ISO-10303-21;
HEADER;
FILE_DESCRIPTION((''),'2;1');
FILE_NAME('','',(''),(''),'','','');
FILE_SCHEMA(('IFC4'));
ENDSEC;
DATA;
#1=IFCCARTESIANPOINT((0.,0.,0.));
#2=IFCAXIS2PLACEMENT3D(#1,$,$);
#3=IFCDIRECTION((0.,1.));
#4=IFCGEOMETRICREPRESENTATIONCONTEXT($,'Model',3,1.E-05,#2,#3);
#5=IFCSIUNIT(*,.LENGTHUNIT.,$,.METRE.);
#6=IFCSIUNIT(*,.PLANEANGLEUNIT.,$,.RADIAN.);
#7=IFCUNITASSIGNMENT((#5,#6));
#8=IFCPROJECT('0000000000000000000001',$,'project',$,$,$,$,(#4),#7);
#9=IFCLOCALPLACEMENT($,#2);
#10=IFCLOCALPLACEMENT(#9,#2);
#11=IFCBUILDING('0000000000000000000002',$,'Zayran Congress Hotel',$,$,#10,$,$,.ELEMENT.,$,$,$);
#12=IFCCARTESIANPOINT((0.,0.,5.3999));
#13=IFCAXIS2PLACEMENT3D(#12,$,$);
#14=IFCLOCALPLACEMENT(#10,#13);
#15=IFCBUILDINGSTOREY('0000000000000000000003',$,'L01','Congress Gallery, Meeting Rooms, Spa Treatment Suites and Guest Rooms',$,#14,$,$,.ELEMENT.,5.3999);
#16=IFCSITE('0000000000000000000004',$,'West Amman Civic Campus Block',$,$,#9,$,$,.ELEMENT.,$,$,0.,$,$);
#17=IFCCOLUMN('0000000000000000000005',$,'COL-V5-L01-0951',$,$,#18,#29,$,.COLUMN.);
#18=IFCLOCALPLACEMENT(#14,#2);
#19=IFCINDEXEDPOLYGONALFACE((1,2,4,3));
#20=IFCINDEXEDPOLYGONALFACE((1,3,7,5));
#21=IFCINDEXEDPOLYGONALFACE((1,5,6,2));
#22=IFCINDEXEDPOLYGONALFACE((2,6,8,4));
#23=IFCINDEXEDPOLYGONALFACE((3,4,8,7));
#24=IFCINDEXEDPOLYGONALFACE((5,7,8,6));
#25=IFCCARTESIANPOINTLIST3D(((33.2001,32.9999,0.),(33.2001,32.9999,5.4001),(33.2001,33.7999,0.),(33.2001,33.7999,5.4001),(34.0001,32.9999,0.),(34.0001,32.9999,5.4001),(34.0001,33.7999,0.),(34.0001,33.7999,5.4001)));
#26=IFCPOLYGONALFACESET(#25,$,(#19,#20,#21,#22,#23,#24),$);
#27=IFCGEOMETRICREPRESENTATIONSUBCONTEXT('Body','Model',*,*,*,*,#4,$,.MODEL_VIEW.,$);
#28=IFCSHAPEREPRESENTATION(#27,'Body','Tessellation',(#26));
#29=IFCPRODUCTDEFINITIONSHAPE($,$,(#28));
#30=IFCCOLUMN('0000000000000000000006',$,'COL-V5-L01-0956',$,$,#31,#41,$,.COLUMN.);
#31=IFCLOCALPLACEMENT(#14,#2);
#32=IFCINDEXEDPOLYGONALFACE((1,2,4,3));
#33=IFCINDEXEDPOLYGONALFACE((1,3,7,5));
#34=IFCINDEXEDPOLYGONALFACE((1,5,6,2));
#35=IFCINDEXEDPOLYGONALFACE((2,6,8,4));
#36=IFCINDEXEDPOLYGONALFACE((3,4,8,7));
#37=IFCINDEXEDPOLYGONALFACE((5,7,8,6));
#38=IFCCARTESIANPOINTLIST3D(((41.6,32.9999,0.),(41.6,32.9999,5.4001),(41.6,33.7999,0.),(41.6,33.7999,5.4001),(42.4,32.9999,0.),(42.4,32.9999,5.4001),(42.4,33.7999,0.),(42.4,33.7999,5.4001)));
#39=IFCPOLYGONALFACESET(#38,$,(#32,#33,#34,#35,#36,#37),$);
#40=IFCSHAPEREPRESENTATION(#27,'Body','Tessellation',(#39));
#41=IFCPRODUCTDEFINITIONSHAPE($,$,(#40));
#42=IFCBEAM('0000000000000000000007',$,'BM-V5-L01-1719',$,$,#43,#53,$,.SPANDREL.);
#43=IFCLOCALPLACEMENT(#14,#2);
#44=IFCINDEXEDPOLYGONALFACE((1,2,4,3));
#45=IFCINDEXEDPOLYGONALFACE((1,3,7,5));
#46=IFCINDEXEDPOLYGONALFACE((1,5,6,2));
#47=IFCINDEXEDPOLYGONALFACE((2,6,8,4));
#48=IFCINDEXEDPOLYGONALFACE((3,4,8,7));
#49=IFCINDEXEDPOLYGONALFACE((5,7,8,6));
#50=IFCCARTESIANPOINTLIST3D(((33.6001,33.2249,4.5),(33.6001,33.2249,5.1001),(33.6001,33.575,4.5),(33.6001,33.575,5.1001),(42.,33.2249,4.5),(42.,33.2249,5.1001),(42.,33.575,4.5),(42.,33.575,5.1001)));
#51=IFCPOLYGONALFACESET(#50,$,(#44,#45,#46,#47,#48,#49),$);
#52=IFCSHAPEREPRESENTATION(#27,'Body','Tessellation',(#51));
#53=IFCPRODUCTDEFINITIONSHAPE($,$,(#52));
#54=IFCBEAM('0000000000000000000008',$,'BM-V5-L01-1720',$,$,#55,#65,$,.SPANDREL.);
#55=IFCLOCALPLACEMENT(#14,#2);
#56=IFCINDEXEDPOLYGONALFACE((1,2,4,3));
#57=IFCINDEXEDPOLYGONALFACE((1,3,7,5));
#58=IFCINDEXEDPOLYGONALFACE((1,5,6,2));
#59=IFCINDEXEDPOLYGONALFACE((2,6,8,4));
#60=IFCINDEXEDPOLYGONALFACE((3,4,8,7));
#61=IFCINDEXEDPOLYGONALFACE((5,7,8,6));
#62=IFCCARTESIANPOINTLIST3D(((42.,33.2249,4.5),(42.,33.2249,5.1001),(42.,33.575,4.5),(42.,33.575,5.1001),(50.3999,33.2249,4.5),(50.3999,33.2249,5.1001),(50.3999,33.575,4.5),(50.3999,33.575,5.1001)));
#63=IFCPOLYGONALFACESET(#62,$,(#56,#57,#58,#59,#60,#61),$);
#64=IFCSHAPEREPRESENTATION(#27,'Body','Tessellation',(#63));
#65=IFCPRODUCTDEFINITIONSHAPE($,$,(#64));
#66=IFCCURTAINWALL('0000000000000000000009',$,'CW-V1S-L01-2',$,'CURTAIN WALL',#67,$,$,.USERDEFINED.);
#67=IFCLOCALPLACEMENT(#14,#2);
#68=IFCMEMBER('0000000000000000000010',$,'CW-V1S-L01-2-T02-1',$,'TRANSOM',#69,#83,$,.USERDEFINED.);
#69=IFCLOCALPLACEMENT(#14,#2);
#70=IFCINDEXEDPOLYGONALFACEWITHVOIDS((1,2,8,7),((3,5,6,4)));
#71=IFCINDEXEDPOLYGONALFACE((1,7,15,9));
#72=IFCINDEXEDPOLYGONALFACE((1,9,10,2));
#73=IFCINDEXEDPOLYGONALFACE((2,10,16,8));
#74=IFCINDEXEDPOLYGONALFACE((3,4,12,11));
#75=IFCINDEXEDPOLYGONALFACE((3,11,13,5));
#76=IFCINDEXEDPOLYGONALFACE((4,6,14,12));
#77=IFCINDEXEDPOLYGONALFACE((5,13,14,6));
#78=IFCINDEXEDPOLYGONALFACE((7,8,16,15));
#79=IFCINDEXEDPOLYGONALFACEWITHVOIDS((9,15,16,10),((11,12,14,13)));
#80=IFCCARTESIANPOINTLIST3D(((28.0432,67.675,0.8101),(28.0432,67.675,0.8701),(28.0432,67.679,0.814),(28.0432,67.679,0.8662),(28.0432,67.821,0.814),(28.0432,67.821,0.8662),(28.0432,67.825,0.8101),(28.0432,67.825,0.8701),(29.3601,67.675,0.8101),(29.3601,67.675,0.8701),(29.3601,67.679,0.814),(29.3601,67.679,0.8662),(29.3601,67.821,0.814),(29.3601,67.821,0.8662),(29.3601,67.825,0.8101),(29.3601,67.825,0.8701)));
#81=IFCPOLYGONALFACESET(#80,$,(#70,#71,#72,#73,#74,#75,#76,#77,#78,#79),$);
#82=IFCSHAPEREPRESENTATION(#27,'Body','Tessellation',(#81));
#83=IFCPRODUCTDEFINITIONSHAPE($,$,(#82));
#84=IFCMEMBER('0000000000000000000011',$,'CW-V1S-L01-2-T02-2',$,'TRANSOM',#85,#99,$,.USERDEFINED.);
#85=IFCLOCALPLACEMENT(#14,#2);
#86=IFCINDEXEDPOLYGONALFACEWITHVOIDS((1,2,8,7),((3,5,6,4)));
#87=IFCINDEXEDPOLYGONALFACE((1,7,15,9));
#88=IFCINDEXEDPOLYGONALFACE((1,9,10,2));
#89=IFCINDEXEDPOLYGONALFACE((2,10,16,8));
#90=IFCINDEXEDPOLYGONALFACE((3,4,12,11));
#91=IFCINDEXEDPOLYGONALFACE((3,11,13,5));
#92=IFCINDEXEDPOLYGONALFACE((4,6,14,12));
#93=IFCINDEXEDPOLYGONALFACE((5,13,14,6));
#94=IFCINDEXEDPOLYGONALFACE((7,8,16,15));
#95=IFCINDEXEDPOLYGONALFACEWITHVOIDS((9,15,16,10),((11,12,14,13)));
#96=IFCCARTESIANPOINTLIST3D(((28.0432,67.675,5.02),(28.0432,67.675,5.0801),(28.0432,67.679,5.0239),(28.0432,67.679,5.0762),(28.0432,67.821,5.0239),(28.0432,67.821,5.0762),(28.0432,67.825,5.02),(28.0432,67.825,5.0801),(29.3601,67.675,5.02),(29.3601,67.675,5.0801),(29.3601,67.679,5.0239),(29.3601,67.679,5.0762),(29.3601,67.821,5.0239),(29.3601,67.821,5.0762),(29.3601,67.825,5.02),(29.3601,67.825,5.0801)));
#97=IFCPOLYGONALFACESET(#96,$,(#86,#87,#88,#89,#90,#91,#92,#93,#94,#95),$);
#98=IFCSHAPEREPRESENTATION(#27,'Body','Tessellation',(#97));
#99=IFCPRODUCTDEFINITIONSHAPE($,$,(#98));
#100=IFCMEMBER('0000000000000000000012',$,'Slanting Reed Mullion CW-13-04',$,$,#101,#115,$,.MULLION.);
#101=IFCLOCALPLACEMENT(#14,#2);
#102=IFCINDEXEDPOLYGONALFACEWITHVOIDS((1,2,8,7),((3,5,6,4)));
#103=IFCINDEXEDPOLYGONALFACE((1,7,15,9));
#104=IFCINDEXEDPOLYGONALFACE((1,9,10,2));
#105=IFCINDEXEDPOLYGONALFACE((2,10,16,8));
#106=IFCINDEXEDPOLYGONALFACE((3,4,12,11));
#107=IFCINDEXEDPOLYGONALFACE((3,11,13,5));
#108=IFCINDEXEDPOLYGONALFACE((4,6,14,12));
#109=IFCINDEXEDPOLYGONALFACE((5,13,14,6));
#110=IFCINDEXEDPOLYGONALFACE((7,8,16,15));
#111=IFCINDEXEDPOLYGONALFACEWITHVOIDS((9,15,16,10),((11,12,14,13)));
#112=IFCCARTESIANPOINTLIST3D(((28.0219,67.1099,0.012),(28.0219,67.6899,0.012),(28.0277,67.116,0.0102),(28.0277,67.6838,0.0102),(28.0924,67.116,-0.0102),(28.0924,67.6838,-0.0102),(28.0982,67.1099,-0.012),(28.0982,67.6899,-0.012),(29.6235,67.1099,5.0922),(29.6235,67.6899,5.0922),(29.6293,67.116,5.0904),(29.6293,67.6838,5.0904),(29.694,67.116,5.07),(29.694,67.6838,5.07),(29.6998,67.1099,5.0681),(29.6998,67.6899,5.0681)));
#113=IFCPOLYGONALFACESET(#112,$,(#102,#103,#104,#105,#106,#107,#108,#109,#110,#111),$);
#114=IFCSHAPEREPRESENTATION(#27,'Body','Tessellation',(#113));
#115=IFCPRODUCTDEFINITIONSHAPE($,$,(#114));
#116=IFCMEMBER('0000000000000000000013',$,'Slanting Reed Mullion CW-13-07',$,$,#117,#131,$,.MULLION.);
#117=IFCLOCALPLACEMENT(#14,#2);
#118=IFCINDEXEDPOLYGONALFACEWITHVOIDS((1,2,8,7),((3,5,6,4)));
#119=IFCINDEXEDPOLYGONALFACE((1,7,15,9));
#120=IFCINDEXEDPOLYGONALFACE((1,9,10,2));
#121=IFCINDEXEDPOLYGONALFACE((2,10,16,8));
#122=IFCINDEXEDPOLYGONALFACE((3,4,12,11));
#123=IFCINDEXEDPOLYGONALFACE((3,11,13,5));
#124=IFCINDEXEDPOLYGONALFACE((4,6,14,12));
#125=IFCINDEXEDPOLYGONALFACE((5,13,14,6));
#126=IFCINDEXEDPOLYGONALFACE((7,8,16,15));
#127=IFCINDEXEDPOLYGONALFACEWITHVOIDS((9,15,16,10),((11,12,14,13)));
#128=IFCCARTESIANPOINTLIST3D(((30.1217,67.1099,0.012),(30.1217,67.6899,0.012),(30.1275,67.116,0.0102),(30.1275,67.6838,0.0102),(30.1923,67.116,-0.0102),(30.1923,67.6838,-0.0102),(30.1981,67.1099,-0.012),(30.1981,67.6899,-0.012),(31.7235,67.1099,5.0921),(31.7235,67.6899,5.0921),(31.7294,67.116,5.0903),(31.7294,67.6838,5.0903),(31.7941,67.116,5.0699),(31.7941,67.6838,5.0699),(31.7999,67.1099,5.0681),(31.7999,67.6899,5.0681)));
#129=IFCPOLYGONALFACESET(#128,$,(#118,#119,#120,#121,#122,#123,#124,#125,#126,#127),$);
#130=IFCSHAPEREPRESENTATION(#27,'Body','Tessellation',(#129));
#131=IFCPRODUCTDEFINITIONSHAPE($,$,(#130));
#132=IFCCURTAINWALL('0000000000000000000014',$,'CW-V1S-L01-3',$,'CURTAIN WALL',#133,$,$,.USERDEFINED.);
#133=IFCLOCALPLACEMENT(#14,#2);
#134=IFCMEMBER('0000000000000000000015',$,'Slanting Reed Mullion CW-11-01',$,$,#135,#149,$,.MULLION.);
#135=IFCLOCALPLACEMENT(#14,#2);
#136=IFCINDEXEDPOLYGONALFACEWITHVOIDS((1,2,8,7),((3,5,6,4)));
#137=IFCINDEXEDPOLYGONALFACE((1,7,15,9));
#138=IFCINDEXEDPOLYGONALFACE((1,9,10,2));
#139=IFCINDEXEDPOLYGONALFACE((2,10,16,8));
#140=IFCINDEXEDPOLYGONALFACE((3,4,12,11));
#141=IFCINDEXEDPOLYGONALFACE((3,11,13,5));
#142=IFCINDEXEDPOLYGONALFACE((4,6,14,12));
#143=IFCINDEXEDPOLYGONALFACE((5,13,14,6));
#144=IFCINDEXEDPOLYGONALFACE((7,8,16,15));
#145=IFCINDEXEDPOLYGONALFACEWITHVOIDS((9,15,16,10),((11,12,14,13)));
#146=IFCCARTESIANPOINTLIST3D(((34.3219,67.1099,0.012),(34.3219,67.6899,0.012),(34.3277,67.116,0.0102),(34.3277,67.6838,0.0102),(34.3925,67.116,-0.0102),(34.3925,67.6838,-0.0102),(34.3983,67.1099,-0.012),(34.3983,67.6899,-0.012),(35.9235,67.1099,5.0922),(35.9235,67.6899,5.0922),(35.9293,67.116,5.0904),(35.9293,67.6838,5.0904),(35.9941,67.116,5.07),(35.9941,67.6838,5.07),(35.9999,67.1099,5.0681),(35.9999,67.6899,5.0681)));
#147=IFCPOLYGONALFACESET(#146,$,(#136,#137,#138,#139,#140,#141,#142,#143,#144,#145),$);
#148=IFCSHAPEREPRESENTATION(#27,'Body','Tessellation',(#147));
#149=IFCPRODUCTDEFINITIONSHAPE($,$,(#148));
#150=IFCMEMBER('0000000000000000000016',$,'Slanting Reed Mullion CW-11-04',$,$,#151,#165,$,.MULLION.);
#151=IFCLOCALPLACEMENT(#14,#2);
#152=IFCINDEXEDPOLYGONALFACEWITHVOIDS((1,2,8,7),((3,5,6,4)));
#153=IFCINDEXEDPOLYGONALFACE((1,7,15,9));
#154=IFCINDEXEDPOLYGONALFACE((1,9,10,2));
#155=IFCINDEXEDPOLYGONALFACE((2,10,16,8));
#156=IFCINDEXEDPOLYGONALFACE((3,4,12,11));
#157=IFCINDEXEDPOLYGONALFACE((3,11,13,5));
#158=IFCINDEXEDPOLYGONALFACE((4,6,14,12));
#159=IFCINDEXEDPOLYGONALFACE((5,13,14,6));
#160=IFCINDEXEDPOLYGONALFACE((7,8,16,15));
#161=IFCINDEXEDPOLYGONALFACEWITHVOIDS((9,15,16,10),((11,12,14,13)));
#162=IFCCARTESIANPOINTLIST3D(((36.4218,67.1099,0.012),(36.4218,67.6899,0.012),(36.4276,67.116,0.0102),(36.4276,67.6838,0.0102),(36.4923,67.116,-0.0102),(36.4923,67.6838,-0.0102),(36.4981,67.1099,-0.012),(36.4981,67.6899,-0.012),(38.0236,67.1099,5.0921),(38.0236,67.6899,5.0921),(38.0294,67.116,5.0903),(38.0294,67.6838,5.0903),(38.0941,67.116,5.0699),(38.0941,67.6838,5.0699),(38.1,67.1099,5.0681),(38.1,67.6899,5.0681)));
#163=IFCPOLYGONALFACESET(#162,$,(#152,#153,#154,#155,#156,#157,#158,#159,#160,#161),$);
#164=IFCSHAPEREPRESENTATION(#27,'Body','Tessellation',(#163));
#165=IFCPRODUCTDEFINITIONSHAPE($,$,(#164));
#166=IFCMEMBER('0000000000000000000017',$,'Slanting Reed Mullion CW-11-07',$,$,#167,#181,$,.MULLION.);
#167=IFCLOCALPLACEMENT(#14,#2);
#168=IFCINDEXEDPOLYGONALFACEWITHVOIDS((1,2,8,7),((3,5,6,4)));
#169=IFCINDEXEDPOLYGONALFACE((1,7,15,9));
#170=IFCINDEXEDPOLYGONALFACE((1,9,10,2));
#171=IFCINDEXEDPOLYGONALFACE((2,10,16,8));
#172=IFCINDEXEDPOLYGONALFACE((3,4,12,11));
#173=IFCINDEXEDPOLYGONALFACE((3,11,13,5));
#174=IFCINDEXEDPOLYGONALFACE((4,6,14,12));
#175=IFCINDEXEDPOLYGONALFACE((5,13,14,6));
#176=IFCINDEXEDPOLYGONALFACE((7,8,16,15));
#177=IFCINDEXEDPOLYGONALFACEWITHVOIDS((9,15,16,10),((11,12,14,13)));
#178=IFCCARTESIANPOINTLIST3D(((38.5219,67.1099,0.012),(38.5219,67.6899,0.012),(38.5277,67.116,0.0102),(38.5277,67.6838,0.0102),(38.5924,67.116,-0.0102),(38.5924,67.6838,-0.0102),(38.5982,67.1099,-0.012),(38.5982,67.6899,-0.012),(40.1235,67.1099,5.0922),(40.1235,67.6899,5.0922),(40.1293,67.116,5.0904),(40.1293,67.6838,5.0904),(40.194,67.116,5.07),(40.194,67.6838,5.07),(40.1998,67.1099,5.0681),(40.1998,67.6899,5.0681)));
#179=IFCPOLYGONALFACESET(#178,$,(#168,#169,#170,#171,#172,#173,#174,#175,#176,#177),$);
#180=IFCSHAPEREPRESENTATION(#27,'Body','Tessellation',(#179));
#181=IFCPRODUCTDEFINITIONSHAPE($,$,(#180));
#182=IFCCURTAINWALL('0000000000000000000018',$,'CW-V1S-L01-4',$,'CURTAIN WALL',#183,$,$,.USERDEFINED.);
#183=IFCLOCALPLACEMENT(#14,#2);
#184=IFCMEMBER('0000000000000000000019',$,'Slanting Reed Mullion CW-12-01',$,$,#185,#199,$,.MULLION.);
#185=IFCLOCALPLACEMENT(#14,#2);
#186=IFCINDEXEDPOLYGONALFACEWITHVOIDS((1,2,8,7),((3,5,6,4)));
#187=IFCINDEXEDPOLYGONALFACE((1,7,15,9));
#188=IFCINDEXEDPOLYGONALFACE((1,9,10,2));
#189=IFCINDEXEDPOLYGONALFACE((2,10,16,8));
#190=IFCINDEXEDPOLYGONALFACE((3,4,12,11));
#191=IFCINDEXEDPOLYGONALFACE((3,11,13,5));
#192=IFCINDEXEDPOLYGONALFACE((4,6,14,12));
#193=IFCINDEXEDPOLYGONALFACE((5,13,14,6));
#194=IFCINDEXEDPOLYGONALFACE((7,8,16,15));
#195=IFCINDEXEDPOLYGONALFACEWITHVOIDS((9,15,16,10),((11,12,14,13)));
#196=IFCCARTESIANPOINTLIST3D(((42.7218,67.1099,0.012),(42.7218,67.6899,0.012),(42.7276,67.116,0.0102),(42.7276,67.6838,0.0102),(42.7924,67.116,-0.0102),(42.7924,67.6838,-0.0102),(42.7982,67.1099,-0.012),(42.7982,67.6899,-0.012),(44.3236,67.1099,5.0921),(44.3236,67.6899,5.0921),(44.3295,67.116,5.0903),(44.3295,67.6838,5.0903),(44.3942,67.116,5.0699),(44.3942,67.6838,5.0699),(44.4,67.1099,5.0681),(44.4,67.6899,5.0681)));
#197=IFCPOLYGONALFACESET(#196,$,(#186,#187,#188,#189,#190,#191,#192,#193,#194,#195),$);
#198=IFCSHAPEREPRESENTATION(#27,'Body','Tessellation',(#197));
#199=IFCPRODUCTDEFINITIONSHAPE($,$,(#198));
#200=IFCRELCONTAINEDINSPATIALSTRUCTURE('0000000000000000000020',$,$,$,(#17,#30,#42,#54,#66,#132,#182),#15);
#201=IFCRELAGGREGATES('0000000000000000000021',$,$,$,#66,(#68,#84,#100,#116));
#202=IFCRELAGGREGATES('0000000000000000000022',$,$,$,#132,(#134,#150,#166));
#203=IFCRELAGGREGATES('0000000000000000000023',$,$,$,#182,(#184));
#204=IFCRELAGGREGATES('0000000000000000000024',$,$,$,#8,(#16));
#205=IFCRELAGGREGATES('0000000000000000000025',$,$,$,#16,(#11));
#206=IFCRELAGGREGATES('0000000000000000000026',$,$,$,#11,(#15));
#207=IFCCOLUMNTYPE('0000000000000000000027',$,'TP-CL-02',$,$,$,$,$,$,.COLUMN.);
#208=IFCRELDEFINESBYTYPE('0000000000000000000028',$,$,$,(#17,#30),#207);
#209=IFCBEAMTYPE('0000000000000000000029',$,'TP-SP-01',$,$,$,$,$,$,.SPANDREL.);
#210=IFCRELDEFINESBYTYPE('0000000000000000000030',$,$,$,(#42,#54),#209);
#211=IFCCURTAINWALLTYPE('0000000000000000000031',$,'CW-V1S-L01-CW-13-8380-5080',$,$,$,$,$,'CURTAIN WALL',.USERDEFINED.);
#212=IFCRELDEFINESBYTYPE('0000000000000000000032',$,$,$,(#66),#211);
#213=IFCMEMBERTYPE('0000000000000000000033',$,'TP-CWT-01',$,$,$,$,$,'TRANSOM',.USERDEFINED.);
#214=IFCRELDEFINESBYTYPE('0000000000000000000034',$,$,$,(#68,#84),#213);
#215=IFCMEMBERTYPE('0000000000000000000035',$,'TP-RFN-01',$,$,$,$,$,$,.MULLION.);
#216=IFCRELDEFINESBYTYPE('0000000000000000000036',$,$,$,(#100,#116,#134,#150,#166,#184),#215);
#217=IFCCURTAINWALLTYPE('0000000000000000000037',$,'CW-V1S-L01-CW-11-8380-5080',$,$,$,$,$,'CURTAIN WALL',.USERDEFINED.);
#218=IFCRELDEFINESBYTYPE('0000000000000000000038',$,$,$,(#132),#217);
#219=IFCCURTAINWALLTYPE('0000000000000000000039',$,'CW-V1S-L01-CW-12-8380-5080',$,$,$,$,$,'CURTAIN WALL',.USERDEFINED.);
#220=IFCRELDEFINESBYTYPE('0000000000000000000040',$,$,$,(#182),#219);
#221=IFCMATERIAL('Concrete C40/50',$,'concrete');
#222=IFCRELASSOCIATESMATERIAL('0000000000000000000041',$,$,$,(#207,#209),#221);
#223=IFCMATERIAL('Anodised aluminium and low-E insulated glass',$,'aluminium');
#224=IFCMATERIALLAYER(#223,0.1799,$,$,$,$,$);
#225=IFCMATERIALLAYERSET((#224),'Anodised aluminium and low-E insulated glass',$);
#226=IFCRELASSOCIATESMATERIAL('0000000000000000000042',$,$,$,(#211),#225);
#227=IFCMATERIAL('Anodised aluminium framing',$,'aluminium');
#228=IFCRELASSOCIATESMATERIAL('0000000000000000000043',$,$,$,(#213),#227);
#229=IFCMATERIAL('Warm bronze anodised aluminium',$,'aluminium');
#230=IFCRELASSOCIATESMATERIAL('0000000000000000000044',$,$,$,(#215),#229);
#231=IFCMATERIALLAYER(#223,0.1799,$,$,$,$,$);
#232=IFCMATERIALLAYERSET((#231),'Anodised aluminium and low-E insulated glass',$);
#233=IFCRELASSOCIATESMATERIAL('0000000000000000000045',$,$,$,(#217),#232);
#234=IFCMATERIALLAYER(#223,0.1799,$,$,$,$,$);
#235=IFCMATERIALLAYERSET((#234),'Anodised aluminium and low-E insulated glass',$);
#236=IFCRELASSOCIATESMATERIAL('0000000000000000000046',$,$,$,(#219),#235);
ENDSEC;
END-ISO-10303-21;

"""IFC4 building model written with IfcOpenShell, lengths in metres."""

from ifc_helpers import new_model, si_unit, direction, frame, origin, origin_2d, place, context, subcontext, project, spatial, rectangle, hollow_rectangle, extrude, material, layer, layer_set, material_profile, profile_set, type_object, element, aggregate, save


model = new_model("IFC4")

# Units and contexts
model_context = context("Model", 3, precision=1e-05, world=origin(), true_north=direction((0.0, 1.0)))
body_context = subcontext(model_context, "Body", "Model", "MODEL_VIEW")
ifc_project = project(units=[si_unit("LENGTHUNIT", "METRE"), si_unit("PLANEANGLEUNIT", "RADIAN")], contexts=[model_context])

# Site, building, storey
site_placement = place(None, origin())
site = spatial("IfcSite", under=ifc_project, at=site_placement, Name="West Amman Civic Campus Block", CompositionType="ELEMENT", RefElevation=0.0)
building_placement = place(site_placement, origin())
building = spatial("IfcBuilding", under=site, at=building_placement, Name="Zayran Congress Hotel", CompositionType="ELEMENT")
storey_placement = place(building_placement, frame((0.0, 0.0, 5.3999)))
storey = spatial("IfcBuildingStorey", under=building, at=storey_placement, Name="L01", Description="Congress Gallery, Meeting Rooms, Spa Treatment Suites and Guest Rooms", CompositionType="ELEMENT", Elevation=5.3999)

# Columns
ifc_material_1 = material(Name="Concrete C40/50", Category="concrete")
ifc_material_profile_1 = material_profile(ifc_material_1, rectangle(XDim=0.8, YDim=0.8, at=origin_2d()), Name="RC 800x800")
ifc_profile_set_1 = profile_set([ifc_material_profile_1], Name="Concrete C40/50")
column_type = type_object("IfcColumnType", Name="TP-CL-02", PredefinedType="COLUMN", material=ifc_profile_set_1)
for number, where, z_axis, x_axis, name in (
    (1, (33.6001, 33.3999, 0.0), (0.0, 0.0, 1.0), (1.0, 0.0, 0.0), "COL-V5-L01-0951"),
    (2, (42.0, 33.3999, 0.0), (0.0, 0.0, 1.0), (1.0, 0.0, 0.0), "COL-V5-L01-0956"),
):
    element("IfcColumn", number, at=place(storey_placement, frame(where, z_axis=z_axis, x_axis=x_axis)), inside=storey, type_object=column_type, Name=name, PredefinedType="COLUMN", context=body_context, shape_type="SweptSolid", body=[
        extrude(rectangle(XDim=0.8, YDim=0.8, at=origin_2d()), origin(), (0.0, 0.0, 1.0), 5.4001),
    ])

# Beams
ifc_material_profile_2 = material_profile(ifc_material_1, rectangle(XDim=0.3501, YDim=0.6001, at=origin_2d()), Name="RC 350x600")
ifc_profile_set_2 = profile_set([ifc_material_profile_2], Name="Concrete C40/50")
beam_type = type_object("IfcBeamType", Name="TP-SP-01", PredefinedType="SPANDREL", material=ifc_profile_set_2)
for number, where, z_axis, x_axis, name in (
    (3, (33.6001, 33.3999, 4.8), (1.0, 0.0, 0.0), (0.0, 1.0, 0.0), "BM-V5-L01-1719"),
    (4, (42.0, 33.3999, 4.8), (1.0, 0.0, 0.0), (0.0, 1.0, 0.0), "BM-V5-L01-1720"),
):
    element("IfcBeam", number, at=place(storey_placement, frame(where, z_axis=z_axis, x_axis=x_axis)), inside=storey, type_object=beam_type, Name=name, PredefinedType="SPANDREL", context=body_context, shape_type="SweptSolid", body=[
        extrude(rectangle(XDim=0.3501, YDim=0.6001, at=origin_2d()), origin(), (0.0, 0.0, 1.0), 8.3999),
    ])

# Curtain walls, members
ifc_material_2 = material(Name="Anodised aluminium and low-E insulated glass", Category="aluminium")
ifc_layer_1 = layer(ifc_material_2, 0.1799)
ifc_layer_set_1 = layer_set([ifc_layer_1], Name="Anodised aluminium and low-E insulated glass")
curtain_wall_type_1 = type_object("IfcCurtainWallType", Name="CW-V1S-L01-CW-13-8380-5080", ElementType="CURTAIN WALL", PredefinedType="USERDEFINED", material=ifc_layer_set_1)
curtain_wall_1_placement = place(storey_placement, origin())
curtain_wall_1 = element("IfcCurtainWall", 5, at=curtain_wall_1_placement, inside=storey, type_object=curtain_wall_type_1, Name="CW-V1S-L01-2", ObjectType="CURTAIN WALL", PredefinedType="USERDEFINED")
ifc_material_3 = material(Name="Anodised aluminium framing", Category="aluminium")
ifc_material_profile_3 = material_profile(ifc_material_3, hollow_rectangle(XDim=0.0601, YDim=0.1499, WallThickness=0.0039, at=origin_2d()), Name="RHS 150x60x4")
ifc_profile_set_3 = profile_set([ifc_material_profile_3], Name="Anodised aluminium framing")
member_type_1 = type_object("IfcMemberType", Name="TP-CWT-01", ElementType="TRANSOM", PredefinedType="USERDEFINED", material=ifc_profile_set_3)
member_1_placement = place(storey_placement, frame((28.0432, 67.75, 0.8401), z_axis=(1.0, 0.0, 0.0), x_axis=(0.0, 0.0, 1.0)))
member_1 = element("IfcMember", 6, at=member_1_placement, type_object=member_type_1, Name="CW-V1S-L01-2-T02-1", ObjectType="TRANSOM", PredefinedType="USERDEFINED", context=body_context, shape_type="SweptSolid", body=[
    extrude(hollow_rectangle(XDim=0.0601, YDim=0.1499, WallThickness=0.0039, at=origin_2d()), origin(), (0.0, 0.0, 1.0), 1.3169),
])
member_2_placement = place(storey_placement, frame((28.0432, 67.75, 5.05), z_axis=(1.0, 0.0, 0.0), x_axis=(0.0, 0.0, 1.0)))
member_2 = element("IfcMember", 7, at=member_2_placement, type_object=member_type_1, Name="CW-V1S-L01-2-T02-2", ObjectType="TRANSOM", PredefinedType="USERDEFINED", context=body_context, shape_type="SweptSolid", body=[
    extrude(hollow_rectangle(XDim=0.0601, YDim=0.1499, WallThickness=0.0039, at=origin_2d()), origin(), (0.0, 0.0, 1.0), 1.3169),
])
ifc_material_4 = material(Name="Warm bronze anodised aluminium", Category="aluminium")
ifc_material_profile_4 = material_profile(ifc_material_4, hollow_rectangle(XDim=0.0801, YDim=0.5801, WallThickness=0.0061, at=origin_2d()), Name="RHS 580x80x6")
ifc_profile_set_4 = profile_set([ifc_material_profile_4], Name="Warm bronze anodised aluminium")
member_type_2 = type_object("IfcMemberType", Name="TP-RFN-01", PredefinedType="MULLION", material=ifc_profile_set_4)
member_3_placement = place(storey_placement, frame((28.0601, 67.3999, 0.0), z_axis=(0.300675, 0.0, 0.953727), x_axis=(-0.953727, 0.0, 0.300675)))
member_3 = element("IfcMember", 8, at=member_3_placement, type_object=member_type_2, Name="Slanting Reed Mullion CW-13-04", PredefinedType="MULLION", context=body_context, shape_type="SweptSolid", body=[
    extrude(hollow_rectangle(XDim=0.0801, YDim=0.5801, WallThickness=0.0061, at=origin_2d()), origin(), (0.0, 0.0, 1.0), 5.3267),
])
member_4_placement = place(storey_placement, frame((30.1599, 67.3999, 0.0), z_axis=(0.300717, 0.0, 0.953713), x_axis=(-0.953713, 0.0, 0.300717)))
member_4 = element("IfcMember", 9, at=member_4_placement, type_object=member_type_2, Name="Slanting Reed Mullion CW-13-07", PredefinedType="MULLION", context=body_context, shape_type="SweptSolid", body=[
    extrude(hollow_rectangle(XDim=0.0801, YDim=0.5801, WallThickness=0.0061, at=origin_2d()), origin(), (0.0, 0.0, 1.0), 5.3267),
])
ifc_layer_2 = layer(ifc_material_2, 0.1799)
ifc_layer_set_2 = layer_set([ifc_layer_2], Name="Anodised aluminium and low-E insulated glass")
curtain_wall_type_2 = type_object("IfcCurtainWallType", Name="CW-V1S-L01-CW-11-8380-5080", ElementType="CURTAIN WALL", PredefinedType="USERDEFINED", material=ifc_layer_set_2)
curtain_wall_2_placement = place(storey_placement, origin())
curtain_wall_2 = element("IfcCurtainWall", 10, at=curtain_wall_2_placement, inside=storey, type_object=curtain_wall_type_2, Name="CW-V1S-L01-3", ObjectType="CURTAIN WALL", PredefinedType="USERDEFINED")
member_5_placement = place(storey_placement, frame((34.3601, 67.3999, 0.0), z_axis=(0.300675, 0.0, 0.953727), x_axis=(-0.953727, 0.0, 0.300675)))
member_5 = element("IfcMember", 11, at=member_5_placement, type_object=member_type_2, Name="Slanting Reed Mullion CW-11-01", PredefinedType="MULLION", context=body_context, shape_type="SweptSolid", body=[
    extrude(hollow_rectangle(XDim=0.0801, YDim=0.5801, WallThickness=0.0061, at=origin_2d()), origin(), (0.0, 0.0, 1.0), 5.3267),
])
member_6_placement = place(storey_placement, frame((36.46, 67.3999, 0.0), z_axis=(0.300717, 0.0, 0.953713), x_axis=(-0.953713, 0.0, 0.300717)))
member_6 = element("IfcMember", 12, at=member_6_placement, type_object=member_type_2, Name="Slanting Reed Mullion CW-11-04", PredefinedType="MULLION", context=body_context, shape_type="SweptSolid", body=[
    extrude(hollow_rectangle(XDim=0.0801, YDim=0.5801, WallThickness=0.0061, at=origin_2d()), origin(), (0.0, 0.0, 1.0), 5.3267),
])
member_7_placement = place(storey_placement, frame((38.5601, 67.3999, 0.0), z_axis=(0.300675, 0.0, 0.953727), x_axis=(-0.953727, 0.0, 0.300675)))
member_7 = element("IfcMember", 13, at=member_7_placement, type_object=member_type_2, Name="Slanting Reed Mullion CW-11-07", PredefinedType="MULLION", context=body_context, shape_type="SweptSolid", body=[
    extrude(hollow_rectangle(XDim=0.0801, YDim=0.5801, WallThickness=0.0061, at=origin_2d()), origin(), (0.0, 0.0, 1.0), 5.3267),
])
ifc_layer_3 = layer(ifc_material_2, 0.1799)
ifc_layer_set_3 = layer_set([ifc_layer_3], Name="Anodised aluminium and low-E insulated glass")
curtain_wall_type_3 = type_object("IfcCurtainWallType", Name="CW-V1S-L01-CW-12-8380-5080", ElementType="CURTAIN WALL", PredefinedType="USERDEFINED", material=ifc_layer_set_3)
curtain_wall_3_placement = place(storey_placement, origin())
curtain_wall_3 = element("IfcCurtainWall", 14, at=curtain_wall_3_placement, inside=storey, type_object=curtain_wall_type_3, Name="CW-V1S-L01-4", ObjectType="CURTAIN WALL", PredefinedType="USERDEFINED")
member_8_placement = place(storey_placement, frame((42.76, 67.3999, 0.0), z_axis=(0.300717, 0.0, 0.953713), x_axis=(-0.953713, 0.0, 0.300717)))
member_8 = element("IfcMember", 15, at=member_8_placement, type_object=member_type_2, Name="Slanting Reed Mullion CW-12-01", PredefinedType="MULLION", context=body_context, shape_type="SweptSolid", body=[
    extrude(hollow_rectangle(XDim=0.0801, YDim=0.5801, WallThickness=0.0061, at=origin_2d()), origin(), (0.0, 0.0, 1.0), 5.3267),
])

aggregate(curtain_wall_1, [member_1, member_2, member_3, member_4])
aggregate(curtain_wall_2, [member_5, member_6, member_7])
aggregate(curtain_wall_3, [member_8])

save(model, "model.ifc")
